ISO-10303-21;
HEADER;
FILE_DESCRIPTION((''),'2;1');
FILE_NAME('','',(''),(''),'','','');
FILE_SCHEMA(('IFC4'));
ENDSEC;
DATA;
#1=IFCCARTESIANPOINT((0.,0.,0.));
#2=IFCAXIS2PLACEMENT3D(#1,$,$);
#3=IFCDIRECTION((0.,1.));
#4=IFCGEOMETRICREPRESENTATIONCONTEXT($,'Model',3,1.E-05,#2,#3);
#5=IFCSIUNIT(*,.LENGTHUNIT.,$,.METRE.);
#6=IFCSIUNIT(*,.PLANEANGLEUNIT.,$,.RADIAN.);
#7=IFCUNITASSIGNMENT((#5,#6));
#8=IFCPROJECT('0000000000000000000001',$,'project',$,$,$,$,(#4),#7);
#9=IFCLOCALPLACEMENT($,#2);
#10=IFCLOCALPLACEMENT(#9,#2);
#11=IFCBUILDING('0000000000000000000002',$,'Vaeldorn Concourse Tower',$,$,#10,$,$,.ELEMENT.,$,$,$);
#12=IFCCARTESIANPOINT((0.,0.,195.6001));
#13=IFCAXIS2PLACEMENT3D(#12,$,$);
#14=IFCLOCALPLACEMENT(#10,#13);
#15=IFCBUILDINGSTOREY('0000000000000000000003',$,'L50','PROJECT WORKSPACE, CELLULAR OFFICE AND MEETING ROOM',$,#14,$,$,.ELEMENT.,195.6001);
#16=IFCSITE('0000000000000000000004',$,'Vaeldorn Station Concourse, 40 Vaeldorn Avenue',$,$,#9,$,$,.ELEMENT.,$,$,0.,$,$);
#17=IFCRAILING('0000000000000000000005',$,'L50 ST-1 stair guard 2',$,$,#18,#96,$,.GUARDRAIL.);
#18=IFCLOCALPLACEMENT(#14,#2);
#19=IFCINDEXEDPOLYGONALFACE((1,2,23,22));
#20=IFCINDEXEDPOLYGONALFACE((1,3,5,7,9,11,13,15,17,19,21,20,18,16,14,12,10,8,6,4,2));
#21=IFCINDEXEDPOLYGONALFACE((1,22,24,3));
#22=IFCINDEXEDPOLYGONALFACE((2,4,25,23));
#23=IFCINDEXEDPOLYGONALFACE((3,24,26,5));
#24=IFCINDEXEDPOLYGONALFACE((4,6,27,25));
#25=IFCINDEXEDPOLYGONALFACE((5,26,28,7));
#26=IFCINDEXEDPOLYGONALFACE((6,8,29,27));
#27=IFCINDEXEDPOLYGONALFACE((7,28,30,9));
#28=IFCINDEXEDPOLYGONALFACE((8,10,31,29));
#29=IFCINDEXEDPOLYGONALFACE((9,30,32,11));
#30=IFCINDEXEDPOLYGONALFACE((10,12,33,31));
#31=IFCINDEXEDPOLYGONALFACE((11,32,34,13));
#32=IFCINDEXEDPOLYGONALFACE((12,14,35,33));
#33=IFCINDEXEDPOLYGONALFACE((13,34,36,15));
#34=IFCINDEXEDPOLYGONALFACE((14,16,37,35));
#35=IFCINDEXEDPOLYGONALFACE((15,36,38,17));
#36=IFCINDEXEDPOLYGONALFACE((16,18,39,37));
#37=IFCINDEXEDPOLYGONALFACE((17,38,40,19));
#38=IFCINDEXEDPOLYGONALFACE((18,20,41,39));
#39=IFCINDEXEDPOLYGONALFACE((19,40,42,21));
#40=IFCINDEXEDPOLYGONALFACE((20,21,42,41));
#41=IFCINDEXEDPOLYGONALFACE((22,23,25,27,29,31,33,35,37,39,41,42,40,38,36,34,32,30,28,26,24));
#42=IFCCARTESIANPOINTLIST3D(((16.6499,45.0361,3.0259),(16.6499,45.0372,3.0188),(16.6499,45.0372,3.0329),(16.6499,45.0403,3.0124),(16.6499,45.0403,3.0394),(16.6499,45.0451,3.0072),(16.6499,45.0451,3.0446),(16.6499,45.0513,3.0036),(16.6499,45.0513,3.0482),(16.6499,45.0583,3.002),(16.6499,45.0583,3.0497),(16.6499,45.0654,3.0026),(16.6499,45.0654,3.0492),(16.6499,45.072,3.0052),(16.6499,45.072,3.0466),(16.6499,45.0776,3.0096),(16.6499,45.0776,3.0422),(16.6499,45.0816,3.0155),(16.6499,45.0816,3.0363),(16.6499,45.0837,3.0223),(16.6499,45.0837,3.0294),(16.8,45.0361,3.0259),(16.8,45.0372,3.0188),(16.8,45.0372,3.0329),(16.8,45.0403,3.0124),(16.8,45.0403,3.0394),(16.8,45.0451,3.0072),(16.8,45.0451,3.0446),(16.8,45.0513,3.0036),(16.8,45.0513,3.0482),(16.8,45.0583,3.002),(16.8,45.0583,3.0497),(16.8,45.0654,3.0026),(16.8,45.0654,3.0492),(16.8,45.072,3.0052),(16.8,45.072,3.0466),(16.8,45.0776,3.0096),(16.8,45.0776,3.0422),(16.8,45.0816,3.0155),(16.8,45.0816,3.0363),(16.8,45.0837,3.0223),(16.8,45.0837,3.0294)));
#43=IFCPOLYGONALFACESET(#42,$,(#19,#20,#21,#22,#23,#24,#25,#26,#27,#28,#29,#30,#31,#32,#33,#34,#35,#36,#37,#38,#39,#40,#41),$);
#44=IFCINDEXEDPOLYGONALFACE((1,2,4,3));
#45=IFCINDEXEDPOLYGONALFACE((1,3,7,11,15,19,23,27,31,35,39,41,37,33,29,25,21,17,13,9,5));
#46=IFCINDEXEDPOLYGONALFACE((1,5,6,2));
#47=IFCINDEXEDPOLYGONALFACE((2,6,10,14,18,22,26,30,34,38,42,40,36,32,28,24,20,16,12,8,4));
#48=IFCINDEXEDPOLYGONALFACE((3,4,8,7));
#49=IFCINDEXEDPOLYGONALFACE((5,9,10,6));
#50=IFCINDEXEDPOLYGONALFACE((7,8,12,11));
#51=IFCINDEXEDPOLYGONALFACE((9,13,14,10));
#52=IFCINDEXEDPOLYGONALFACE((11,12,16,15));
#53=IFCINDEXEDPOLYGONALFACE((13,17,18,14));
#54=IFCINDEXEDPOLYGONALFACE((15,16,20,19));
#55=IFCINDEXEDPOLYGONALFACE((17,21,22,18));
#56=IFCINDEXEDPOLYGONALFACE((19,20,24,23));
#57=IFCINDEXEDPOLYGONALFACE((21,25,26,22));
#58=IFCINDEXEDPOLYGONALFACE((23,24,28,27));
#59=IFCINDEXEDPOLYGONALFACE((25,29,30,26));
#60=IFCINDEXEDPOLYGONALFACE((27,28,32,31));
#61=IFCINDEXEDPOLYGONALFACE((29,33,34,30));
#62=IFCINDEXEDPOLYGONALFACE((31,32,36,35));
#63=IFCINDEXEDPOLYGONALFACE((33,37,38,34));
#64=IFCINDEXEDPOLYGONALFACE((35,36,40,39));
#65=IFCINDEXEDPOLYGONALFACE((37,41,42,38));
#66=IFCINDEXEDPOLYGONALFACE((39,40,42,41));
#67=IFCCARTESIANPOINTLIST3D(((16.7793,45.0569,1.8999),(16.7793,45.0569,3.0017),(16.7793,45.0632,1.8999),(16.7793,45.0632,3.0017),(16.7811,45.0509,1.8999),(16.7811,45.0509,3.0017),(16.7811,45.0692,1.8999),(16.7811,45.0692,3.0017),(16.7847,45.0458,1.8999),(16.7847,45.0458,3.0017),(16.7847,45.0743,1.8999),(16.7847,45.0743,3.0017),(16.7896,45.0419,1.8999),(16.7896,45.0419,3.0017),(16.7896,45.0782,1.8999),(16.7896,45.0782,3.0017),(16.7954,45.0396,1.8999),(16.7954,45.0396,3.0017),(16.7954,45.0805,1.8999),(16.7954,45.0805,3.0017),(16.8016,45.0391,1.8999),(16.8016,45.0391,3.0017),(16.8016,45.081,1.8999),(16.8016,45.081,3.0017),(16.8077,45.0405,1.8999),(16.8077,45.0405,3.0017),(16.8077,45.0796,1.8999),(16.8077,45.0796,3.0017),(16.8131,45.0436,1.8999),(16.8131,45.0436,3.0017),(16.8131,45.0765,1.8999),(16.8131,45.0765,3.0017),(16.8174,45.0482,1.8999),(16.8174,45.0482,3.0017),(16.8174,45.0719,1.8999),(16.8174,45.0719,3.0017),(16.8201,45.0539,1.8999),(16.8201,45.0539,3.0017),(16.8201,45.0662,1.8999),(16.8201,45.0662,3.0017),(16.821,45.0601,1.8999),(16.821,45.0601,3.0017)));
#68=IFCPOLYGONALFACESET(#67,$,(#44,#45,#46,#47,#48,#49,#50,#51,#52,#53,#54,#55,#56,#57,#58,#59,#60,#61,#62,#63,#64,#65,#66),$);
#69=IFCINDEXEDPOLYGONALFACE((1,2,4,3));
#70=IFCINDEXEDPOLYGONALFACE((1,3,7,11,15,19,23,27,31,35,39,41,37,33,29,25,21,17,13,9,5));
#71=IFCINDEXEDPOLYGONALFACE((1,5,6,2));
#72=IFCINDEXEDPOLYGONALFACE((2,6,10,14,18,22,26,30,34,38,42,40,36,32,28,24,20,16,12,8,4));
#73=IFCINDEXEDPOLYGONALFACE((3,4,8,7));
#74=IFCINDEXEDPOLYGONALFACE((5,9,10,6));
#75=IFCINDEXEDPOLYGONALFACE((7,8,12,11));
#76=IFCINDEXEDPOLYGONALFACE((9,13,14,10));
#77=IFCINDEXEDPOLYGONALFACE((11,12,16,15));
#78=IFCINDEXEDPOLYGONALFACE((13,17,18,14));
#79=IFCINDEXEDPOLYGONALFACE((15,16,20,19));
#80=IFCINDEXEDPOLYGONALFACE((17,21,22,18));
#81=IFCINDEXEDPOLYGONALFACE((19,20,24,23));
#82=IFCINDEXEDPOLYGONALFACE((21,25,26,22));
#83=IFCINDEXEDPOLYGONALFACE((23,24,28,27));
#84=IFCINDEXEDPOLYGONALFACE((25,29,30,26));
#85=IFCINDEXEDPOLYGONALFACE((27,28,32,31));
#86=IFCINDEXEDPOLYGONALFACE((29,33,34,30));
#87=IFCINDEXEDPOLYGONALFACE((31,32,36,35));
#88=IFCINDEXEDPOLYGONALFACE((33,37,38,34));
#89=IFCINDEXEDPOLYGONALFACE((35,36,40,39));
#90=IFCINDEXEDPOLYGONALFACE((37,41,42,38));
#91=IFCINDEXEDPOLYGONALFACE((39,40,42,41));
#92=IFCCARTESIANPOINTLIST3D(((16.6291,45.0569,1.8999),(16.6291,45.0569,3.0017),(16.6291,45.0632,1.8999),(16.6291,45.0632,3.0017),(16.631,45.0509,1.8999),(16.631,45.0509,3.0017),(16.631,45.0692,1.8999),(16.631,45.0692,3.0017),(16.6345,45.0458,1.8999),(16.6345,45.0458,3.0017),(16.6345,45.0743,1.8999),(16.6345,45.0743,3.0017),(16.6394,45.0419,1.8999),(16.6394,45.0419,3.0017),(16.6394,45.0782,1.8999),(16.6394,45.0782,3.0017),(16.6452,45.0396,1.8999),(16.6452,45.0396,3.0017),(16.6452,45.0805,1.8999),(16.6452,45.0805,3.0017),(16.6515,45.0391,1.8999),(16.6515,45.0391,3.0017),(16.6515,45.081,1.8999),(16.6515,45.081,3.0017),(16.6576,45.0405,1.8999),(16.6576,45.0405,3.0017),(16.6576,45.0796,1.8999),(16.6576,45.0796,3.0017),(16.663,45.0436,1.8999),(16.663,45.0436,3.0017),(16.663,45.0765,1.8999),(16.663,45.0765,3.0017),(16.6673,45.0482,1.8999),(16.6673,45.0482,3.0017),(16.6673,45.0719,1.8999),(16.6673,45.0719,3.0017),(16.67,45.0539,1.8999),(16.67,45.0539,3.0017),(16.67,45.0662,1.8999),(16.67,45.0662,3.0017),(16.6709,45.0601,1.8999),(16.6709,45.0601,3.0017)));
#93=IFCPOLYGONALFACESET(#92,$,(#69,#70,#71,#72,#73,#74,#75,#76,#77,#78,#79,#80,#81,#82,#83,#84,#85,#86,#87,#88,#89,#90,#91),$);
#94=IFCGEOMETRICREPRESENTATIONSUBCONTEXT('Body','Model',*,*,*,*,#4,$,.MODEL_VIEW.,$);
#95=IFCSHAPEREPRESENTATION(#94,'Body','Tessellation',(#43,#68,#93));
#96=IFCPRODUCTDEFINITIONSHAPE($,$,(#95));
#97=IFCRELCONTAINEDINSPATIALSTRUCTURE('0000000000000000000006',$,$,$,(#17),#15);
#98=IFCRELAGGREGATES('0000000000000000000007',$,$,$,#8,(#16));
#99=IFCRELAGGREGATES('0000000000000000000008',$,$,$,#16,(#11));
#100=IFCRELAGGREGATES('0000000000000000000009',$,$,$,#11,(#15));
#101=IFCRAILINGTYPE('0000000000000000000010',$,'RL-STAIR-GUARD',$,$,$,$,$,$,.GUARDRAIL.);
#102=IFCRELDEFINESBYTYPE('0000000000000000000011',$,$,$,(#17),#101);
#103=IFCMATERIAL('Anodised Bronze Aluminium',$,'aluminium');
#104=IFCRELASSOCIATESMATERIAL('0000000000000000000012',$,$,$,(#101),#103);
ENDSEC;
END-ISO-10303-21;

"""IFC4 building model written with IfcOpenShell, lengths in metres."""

from ifc_helpers import new_model, si_unit, direction, frame, origin, origin_2d, place, context, subcontext, project, spatial, circle, extrude, material, type_object, element, save


model = new_model("IFC4")

# Units and contexts
model_context = context("Model", 3, precision=1e-05, world=origin(), true_north=direction((0.0, 1.0)))
body_context = subcontext(model_context, "Body", "Model", "MODEL_VIEW")
ifc_project = project(units=[si_unit("LENGTHUNIT", "METRE"), si_unit("PLANEANGLEUNIT", "RADIAN")], contexts=[model_context])

# Site, building, storey
site_placement = place(None, origin())
site = spatial("IfcSite", under=ifc_project, at=site_placement, Name="Vaeldorn Station Concourse, 40 Vaeldorn Avenue", CompositionType="ELEMENT", RefElevation=0.0)
building_placement = place(site_placement, origin())
building = spatial("IfcBuilding", under=site, at=building_placement, Name="Vaeldorn Concourse Tower", CompositionType="ELEMENT")
storey_placement = place(building_placement, frame((0.0, 0.0, 195.6001)))
storey = spatial("IfcBuildingStorey", under=building, at=storey_placement, Name="L50", Description="PROJECT WORKSPACE, CELLULAR OFFICE AND MEETING ROOM", CompositionType="ELEMENT", Elevation=195.6001)

# Shared definitions
ifc_material_1 = material(Name="Anodised Bronze Aluminium", Category="aluminium")

# Railing
railing_type_1 = type_object("IfcRailingType", Name="RL-STAIR-GUARD", PredefinedType="GUARDRAIL", material=ifc_material_1)
railing_1_placement = place(storey_placement, frame((16.8, 45.0601, 1.8999)))
element("IfcRailing", 1, at=railing_1_placement, inside=storey, type_object=railing_type_1, Name="L50 ST-1 stair guard 2", PredefinedType="GUARDRAIL", context=body_context, shape_type="SweptSolid", body=[
    extrude(circle(Radius=0.0239, at=origin_2d()), frame((0.0, 0.0, 1.126), z_axis=(-1.0, 0.0, 0.0), x_axis=(0.0, -1.0, 0.0)), (0.0, 0.0, 1.0), 0.1501),
    extrude(circle(Radius=0.021, at=origin_2d()), origin(), (0.0, 0.0, 1.0), 1.1018),
    extrude(circle(Radius=0.021, at=origin_2d()), frame((-0.1501, 0.0, 0.0)), (0.0, 0.0, 1.0), 1.1018),
])

save(model, "model.ifc")
